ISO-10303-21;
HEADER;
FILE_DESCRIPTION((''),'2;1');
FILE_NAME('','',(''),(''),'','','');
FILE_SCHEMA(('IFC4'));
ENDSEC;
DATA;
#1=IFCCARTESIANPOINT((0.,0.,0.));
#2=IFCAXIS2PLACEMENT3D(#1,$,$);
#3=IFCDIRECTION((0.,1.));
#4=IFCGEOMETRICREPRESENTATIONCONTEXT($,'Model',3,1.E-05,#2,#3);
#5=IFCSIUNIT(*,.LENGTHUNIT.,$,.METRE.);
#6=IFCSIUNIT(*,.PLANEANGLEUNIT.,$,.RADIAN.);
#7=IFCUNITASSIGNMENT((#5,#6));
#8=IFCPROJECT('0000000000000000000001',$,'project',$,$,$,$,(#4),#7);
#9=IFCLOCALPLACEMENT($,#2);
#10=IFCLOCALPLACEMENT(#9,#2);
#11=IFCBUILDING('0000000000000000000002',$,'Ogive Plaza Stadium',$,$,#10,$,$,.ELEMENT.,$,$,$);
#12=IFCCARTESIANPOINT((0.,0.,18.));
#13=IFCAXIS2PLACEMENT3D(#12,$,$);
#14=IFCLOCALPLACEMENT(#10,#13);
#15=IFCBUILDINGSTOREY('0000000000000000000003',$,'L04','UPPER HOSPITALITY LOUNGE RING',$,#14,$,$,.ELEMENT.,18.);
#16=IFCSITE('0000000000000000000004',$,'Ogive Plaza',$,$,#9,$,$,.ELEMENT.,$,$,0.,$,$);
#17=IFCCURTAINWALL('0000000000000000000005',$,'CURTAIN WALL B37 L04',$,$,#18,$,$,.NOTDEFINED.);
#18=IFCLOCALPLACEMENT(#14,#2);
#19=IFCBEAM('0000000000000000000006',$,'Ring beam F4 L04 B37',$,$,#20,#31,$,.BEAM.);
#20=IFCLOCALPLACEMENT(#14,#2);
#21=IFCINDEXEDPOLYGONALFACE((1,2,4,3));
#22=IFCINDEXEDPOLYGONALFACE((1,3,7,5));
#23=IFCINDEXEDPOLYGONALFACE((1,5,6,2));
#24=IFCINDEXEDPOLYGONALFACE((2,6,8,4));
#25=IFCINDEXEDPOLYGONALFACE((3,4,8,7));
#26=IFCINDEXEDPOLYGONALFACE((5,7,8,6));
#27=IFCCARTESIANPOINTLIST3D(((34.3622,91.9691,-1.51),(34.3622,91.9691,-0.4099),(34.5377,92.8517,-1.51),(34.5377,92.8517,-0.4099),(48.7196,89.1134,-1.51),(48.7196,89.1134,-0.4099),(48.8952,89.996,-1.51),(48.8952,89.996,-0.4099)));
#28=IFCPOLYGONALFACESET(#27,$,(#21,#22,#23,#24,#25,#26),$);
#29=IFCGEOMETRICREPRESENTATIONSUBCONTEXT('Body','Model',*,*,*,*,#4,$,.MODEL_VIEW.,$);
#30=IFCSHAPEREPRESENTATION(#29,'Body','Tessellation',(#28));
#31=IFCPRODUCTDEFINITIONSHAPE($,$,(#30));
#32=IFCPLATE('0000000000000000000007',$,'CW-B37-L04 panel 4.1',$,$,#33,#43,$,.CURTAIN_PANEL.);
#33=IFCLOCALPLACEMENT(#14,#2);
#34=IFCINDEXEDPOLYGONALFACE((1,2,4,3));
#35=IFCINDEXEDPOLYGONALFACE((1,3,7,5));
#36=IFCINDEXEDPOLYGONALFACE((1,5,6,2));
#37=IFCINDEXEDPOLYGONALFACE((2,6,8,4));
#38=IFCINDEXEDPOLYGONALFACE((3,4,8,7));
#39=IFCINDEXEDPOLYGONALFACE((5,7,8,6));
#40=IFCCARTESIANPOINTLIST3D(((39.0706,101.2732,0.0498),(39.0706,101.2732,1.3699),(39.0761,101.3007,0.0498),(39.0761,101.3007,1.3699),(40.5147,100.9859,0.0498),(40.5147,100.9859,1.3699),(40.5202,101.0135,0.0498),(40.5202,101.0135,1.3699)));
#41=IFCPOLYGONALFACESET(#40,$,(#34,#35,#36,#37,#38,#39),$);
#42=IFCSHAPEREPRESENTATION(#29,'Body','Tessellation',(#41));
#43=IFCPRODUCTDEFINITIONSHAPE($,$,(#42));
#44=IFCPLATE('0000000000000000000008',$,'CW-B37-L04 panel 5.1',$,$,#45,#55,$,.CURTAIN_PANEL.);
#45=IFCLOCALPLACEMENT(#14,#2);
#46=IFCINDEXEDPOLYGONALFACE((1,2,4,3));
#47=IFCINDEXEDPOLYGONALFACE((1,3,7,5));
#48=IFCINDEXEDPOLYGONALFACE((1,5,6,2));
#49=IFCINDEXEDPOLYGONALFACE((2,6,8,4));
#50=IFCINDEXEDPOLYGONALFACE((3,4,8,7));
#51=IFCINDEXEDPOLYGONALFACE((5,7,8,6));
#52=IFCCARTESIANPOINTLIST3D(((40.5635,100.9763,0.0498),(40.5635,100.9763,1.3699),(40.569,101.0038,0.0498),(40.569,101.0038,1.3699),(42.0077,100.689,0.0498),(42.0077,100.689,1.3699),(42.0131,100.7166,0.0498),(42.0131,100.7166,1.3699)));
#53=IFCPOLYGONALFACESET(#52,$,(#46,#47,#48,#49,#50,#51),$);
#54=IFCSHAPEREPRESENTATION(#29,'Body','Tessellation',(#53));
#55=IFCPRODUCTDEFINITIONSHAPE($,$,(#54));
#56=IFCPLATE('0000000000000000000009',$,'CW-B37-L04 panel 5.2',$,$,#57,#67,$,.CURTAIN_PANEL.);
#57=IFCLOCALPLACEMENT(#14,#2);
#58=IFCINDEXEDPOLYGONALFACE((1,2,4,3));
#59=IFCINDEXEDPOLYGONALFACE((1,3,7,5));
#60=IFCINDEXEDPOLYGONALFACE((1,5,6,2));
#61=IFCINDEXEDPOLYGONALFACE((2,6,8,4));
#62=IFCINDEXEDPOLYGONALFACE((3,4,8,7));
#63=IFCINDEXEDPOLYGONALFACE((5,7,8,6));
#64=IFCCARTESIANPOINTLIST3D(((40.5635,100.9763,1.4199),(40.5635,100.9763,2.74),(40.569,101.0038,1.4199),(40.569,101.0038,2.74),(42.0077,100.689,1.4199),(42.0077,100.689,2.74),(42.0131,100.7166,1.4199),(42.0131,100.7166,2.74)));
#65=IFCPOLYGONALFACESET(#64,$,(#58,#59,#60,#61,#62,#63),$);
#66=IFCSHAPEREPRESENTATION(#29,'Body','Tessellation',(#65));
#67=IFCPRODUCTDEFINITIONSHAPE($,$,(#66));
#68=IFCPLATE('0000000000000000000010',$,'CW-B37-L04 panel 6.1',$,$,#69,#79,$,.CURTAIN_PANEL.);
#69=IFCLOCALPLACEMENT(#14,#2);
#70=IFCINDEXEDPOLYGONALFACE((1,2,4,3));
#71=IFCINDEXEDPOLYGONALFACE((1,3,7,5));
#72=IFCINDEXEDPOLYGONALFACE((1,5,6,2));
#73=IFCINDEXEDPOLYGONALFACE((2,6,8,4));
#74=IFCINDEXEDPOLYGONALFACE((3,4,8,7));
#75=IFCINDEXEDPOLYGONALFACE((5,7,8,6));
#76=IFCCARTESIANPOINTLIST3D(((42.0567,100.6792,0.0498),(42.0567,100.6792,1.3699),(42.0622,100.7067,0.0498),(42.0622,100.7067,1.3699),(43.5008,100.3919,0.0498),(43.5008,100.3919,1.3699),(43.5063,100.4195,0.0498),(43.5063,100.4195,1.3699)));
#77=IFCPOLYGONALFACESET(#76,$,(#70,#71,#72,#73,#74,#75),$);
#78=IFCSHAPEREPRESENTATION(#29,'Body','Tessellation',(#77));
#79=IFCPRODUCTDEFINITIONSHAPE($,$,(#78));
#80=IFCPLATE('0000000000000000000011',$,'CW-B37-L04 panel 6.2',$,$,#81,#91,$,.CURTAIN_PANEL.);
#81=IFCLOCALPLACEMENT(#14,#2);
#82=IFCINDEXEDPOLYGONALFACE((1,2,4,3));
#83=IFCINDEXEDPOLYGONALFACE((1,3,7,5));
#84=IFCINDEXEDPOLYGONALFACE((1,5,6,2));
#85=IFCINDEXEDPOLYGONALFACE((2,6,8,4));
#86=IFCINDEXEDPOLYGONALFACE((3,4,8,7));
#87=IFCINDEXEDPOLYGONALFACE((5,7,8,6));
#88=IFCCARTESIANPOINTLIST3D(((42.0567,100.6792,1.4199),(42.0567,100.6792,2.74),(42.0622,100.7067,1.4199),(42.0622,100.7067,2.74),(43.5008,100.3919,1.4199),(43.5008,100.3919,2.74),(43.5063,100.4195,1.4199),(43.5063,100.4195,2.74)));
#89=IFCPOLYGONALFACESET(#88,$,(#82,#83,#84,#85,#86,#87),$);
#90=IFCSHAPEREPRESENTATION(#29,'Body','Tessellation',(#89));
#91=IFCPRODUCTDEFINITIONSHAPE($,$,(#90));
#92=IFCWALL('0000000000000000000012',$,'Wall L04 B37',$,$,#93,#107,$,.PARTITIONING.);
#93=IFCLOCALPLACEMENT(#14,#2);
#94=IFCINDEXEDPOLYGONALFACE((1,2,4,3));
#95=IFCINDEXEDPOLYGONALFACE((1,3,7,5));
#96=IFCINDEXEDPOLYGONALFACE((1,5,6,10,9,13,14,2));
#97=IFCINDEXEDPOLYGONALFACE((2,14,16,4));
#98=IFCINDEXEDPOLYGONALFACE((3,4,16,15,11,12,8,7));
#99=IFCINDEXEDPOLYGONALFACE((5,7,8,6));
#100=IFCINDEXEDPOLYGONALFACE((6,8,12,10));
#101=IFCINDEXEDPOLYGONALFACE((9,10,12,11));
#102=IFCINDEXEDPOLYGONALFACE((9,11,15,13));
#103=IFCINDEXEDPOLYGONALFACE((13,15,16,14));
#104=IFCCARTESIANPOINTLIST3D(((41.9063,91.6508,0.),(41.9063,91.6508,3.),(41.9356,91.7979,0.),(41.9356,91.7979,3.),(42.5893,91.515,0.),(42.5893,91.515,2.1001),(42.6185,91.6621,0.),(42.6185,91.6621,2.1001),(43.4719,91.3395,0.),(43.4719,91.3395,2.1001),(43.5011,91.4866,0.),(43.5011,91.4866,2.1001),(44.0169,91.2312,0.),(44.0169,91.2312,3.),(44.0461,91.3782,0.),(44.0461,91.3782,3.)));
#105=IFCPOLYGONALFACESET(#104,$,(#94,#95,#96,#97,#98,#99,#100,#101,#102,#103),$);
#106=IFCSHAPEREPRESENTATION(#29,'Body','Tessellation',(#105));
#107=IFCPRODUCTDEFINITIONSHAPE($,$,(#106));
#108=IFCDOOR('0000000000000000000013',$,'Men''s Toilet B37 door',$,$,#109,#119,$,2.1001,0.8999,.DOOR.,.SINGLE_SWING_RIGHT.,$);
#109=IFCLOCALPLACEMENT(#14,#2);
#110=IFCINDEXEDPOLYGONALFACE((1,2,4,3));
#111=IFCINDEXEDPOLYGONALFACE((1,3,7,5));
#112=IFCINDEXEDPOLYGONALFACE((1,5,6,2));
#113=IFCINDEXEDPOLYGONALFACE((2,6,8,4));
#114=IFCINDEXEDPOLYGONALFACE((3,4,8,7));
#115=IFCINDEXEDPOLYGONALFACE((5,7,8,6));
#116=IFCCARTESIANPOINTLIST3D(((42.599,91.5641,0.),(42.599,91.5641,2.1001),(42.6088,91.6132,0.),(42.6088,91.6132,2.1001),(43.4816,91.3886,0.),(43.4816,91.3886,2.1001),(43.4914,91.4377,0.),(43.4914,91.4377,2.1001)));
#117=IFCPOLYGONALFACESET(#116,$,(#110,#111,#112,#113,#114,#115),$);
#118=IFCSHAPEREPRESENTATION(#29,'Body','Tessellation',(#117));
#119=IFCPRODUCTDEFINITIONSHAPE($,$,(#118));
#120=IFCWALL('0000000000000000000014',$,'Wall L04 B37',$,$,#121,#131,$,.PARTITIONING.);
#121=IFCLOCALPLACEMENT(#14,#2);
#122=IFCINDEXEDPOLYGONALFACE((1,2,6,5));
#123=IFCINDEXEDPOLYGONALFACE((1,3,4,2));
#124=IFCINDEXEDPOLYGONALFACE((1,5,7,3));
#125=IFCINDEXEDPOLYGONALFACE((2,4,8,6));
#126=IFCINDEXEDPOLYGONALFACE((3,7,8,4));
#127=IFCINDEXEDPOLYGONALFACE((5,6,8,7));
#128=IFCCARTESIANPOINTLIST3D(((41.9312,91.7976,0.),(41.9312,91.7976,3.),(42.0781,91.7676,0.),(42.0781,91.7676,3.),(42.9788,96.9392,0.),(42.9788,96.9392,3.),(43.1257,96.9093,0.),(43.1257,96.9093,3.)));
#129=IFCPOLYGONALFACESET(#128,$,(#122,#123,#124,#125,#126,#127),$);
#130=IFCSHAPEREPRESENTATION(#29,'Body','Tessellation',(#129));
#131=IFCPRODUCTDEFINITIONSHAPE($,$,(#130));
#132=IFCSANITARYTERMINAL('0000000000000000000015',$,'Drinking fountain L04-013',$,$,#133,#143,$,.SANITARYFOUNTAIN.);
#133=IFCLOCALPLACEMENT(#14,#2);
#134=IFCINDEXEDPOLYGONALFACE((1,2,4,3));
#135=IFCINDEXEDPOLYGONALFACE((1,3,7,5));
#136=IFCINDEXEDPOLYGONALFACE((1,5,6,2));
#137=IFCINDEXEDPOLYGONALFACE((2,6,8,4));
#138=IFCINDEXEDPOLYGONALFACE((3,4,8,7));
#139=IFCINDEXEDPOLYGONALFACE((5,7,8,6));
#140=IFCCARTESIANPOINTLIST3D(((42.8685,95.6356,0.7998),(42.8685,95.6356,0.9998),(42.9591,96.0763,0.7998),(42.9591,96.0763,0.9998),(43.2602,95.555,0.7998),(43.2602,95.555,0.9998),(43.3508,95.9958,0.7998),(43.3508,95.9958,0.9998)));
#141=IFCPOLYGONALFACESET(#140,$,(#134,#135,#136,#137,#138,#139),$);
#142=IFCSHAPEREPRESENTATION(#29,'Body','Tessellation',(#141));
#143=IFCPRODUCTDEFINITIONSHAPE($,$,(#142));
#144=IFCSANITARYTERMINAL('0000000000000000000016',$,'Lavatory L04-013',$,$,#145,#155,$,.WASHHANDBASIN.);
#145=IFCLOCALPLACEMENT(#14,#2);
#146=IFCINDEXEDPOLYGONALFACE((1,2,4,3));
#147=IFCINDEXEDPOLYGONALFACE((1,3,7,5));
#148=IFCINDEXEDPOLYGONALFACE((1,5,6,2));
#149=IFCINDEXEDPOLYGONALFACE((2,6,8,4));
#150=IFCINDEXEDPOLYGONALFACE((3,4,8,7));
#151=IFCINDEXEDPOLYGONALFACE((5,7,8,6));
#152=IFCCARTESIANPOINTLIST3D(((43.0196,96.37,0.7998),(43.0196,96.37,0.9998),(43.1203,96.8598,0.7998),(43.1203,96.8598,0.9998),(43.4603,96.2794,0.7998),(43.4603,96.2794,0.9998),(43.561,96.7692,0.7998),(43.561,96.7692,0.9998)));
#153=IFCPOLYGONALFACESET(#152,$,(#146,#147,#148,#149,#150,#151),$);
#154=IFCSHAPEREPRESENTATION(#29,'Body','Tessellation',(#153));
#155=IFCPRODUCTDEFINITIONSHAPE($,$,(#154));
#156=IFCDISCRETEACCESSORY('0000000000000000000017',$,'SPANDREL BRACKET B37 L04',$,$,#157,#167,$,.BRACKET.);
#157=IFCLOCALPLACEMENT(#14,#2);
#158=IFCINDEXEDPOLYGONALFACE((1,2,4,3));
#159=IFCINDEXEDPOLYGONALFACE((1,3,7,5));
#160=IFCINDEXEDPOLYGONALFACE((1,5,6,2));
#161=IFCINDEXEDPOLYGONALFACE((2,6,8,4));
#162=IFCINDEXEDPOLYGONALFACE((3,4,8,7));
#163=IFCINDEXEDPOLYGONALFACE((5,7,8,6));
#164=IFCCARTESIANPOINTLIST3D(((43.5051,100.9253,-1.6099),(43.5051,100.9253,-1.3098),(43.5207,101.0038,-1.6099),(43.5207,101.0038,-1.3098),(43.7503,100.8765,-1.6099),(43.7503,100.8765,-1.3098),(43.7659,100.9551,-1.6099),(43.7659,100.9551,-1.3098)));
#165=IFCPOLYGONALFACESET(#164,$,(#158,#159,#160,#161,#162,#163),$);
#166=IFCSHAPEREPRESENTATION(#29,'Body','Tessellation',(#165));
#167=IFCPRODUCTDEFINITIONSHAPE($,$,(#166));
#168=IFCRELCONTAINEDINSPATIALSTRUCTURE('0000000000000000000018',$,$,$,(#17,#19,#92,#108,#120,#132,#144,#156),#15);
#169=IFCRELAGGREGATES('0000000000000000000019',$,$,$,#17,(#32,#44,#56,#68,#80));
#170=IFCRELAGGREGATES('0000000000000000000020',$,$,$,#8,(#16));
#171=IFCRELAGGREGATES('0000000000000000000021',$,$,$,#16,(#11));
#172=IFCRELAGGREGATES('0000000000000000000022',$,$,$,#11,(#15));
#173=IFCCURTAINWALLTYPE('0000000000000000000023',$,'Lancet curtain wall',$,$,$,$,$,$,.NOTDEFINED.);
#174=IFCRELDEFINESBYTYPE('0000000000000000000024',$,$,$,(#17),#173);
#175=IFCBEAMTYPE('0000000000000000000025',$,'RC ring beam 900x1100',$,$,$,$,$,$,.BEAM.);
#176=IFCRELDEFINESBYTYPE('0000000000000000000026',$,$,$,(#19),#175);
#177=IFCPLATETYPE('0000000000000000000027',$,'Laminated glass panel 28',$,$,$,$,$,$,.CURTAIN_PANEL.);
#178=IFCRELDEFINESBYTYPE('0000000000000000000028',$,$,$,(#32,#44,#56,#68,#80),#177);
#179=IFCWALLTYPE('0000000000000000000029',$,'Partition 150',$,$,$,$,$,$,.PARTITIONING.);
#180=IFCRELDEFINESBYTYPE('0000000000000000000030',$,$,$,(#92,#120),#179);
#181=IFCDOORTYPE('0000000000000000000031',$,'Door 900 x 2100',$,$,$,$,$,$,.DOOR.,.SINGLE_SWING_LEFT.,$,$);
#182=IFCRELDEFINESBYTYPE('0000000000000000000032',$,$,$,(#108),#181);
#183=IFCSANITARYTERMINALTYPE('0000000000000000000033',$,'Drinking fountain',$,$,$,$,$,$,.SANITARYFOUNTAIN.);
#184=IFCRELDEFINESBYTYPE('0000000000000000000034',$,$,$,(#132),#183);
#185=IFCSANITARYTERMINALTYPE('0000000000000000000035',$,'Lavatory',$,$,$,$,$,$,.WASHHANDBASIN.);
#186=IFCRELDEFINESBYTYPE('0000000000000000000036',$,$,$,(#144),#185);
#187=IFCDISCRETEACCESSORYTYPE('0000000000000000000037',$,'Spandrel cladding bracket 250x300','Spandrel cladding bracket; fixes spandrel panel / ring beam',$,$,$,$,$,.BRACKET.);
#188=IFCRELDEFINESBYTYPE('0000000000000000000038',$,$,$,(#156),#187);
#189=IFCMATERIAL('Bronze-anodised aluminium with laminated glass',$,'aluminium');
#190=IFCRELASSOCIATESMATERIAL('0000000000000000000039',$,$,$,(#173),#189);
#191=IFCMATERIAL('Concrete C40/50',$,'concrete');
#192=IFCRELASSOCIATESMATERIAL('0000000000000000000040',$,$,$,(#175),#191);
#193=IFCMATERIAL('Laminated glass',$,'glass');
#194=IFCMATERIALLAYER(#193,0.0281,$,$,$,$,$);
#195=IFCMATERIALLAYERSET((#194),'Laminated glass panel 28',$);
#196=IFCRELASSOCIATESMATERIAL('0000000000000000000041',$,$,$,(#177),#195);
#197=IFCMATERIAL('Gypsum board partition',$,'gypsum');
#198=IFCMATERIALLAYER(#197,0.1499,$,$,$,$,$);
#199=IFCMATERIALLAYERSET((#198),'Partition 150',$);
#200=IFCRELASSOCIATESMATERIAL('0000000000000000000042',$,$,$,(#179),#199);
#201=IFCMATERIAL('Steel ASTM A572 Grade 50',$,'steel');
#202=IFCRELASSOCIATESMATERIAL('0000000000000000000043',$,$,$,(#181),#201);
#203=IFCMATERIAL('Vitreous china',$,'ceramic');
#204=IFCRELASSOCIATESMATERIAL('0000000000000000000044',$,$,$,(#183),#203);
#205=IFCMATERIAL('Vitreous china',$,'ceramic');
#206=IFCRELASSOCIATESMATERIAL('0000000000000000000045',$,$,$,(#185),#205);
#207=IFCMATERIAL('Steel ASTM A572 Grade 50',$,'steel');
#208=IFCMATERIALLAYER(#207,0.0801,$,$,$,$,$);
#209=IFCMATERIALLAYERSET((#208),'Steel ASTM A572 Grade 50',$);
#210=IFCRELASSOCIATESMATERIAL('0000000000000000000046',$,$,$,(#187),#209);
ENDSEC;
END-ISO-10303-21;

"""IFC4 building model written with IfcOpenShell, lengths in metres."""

from ifc_helpers import new_model, si_unit, direction, frame, frame_2d, origin, origin_2d, place, context, subcontext, project, spatial, rectangle, extrude, material, layer, layer_set, material_profile, profile_set, type_object, element, fill, aggregate, save


model = new_model("IFC4")

# Units and contexts
model_context = context("Model", 3, precision=1e-05, world=origin(), true_north=direction((0.0, 1.0)))
body_context = subcontext(model_context, "Body", "Model", "MODEL_VIEW")
ifc_project = project(units=[si_unit("LENGTHUNIT", "METRE"), si_unit("PLANEANGLEUNIT", "RADIAN")], contexts=[model_context])

# Site, building, storey
site_placement = place(None, origin())
site = spatial("IfcSite", under=ifc_project, at=site_placement, Name="Ogive Plaza", CompositionType="ELEMENT", RefElevation=0.0)
building_placement = place(site_placement, origin())
building = spatial("IfcBuilding", under=site, at=building_placement, Name="Ogive Plaza Stadium", CompositionType="ELEMENT")
storey_placement = place(building_placement, frame((0.0, 0.0, 18.0)))
storey = spatial("IfcBuildingStorey", under=building, at=storey_placement, Name="L04", Description="UPPER HOSPITALITY LOUNGE RING", CompositionType="ELEMENT", Elevation=18.0)

# Curtain wall
ifc_material_1 = material(Name="Bronze-anodised aluminium with laminated glass", Category="aluminium")
curtain_wall_type = type_object("IfcCurtainWallType", Name="Lancet curtain wall", PredefinedType="NOTDEFINED", material=ifc_material_1)
curtain_wall_placement = place(storey_placement, origin())
curtain_wall = element("IfcCurtainWall", 1, at=curtain_wall_placement, inside=storey, type_object=curtain_wall_type, Name="CURTAIN WALL B37 L04", PredefinedType="NOTDEFINED")

# Beam
ifc_material_2 = material(Name="Concrete C40/50", Category="concrete")
ifc_material_profile_1 = material_profile(ifc_material_2, rectangle(XDim=0.8999, YDim=1.1001, at=origin_2d()), Name="RC 900x1100")
ifc_profile_set_1 = profile_set([ifc_material_profile_1], Name="Concrete C40/50")
beam_type_1 = type_object("IfcBeamType", Name="RC ring beam 900x1100", PredefinedType="BEAM", material=ifc_profile_set_1)
beam_1_placement = place(storey_placement, frame((34.45, 92.4104, -0.96), z_axis=(0.980787, -0.19508, 0.0), x_axis=(0.19508, 0.980787, 0.0)))
element("IfcBeam", 2, at=beam_1_placement, inside=storey, type_object=beam_type_1, Name="Ring beam F4 L04 B37", PredefinedType="BEAM", context=body_context, shape_type="SweptSolid", body=[
    extrude(rectangle(XDim=0.8999, YDim=1.1001, at=origin_2d()), origin(), (0.0, 0.0, 1.0), 14.6387),
])

# Plates
ifc_material_3 = material(Name="Laminated glass", Category="glass")
ifc_layer_1 = layer(ifc_material_3, 0.0281)
ifc_layer_set_1 = layer_set([ifc_layer_1], Name="Laminated glass panel 28")
plate_type = type_object("IfcPlateType", Name="Laminated glass panel 28", PredefinedType="CURTAIN_PANEL", material=ifc_layer_set_1)
plate_1_placement = place(storey_placement, frame((39.7954, 101.1433, 0.0498), z_axis=(0.0, 0.0, 1.0), x_axis=(0.980785, -0.19509, 0.0)))
plate_1 = element("IfcPlate", 3, at=plate_1_placement, type_object=plate_type, Name="CW-B37-L04 panel 4.1", PredefinedType="CURTAIN_PANEL", context=body_context, shape_type="SweptSolid", body=[
    extrude(rectangle(XDim=1.4724, YDim=0.0281, at=origin_2d()), origin(), (0.0, 0.0, 1.0), 1.3201),
])
plate_2_placement = place(storey_placement, frame((41.2883, 100.8464, 0.0498), z_axis=(0.0, 0.0, 1.0), x_axis=(0.980785, -0.19509, 0.0)))
plate_2 = element("IfcPlate", 4, at=plate_2_placement, type_object=plate_type, Name="CW-B37-L04 panel 5.1", PredefinedType="CURTAIN_PANEL", context=body_context, shape_type="SweptSolid", body=[
    extrude(rectangle(XDim=1.4724, YDim=0.0281, at=origin_2d()), origin(), (0.0, 0.0, 1.0), 1.3201),
])
plate_3_placement = place(storey_placement, frame((41.2883, 100.8464, 1.4199), z_axis=(0.0, 0.0, 1.0), x_axis=(0.980785, -0.19509, 0.0)))
plate_3 = element("IfcPlate", 5, at=plate_3_placement, type_object=plate_type, Name="CW-B37-L04 panel 5.2", PredefinedType="CURTAIN_PANEL", context=body_context, shape_type="SweptSolid", body=[
    extrude(rectangle(XDim=1.4724, YDim=0.0281, at=origin_2d()), origin(), (0.0, 0.0, 1.0), 1.3201),
])
plate_4_placement = place(storey_placement, frame((42.7815, 100.5493, 0.0498), z_axis=(0.0, 0.0, 1.0), x_axis=(0.980785, -0.19509, 0.0)))
plate_4 = element("IfcPlate", 6, at=plate_4_placement, type_object=plate_type, Name="CW-B37-L04 panel 6.1", PredefinedType="CURTAIN_PANEL", context=body_context, shape_type="SweptSolid", body=[
    extrude(rectangle(XDim=1.4724, YDim=0.0281, at=origin_2d()), origin(), (0.0, 0.0, 1.0), 1.3201),
])
plate_5_placement = place(storey_placement, frame((42.7815, 100.5493, 1.4199), z_axis=(0.0, 0.0, 1.0), x_axis=(0.980785, -0.19509, 0.0)))
plate_5 = element("IfcPlate", 7, at=plate_5_placement, type_object=plate_type, Name="CW-B37-L04 panel 6.2", PredefinedType="CURTAIN_PANEL", context=body_context, shape_type="SweptSolid", body=[
    extrude(rectangle(XDim=1.4724, YDim=0.0281, at=origin_2d()), origin(), (0.0, 0.0, 1.0), 1.3201),
])
aggregate(curtain_wall, [plate_1, plate_2, plate_3, plate_4, plate_5])

# Wall, opening, door
ifc_material_4 = material(Name="Gypsum board partition", Category="gypsum")
ifc_layer_2 = layer(ifc_material_4, 0.1499)
ifc_layer_set_2 = layer_set([ifc_layer_2], Name="Partition 150")
wall_type = type_object("IfcWallType", Name="Partition 150", PredefinedType="PARTITIONING", material=ifc_layer_set_2)
wall_1_placement = place(storey_placement, frame((44.0315, 91.3047, 0.0), z_axis=(0.0, 0.0, 1.0), x_axis=(-0.980798, 0.195025, 0.0)))
wall_1 = element("IfcWall", 8, at=wall_1_placement, inside=storey, type_object=wall_type, Name="Wall L04 B37", PredefinedType="PARTITIONING", context=body_context, shape_type="SweptSolid", body=[
    extrude(rectangle(XDim=2.1519, YDim=0.1499, at=frame_2d((1.0759, 0.0))), origin(), (0.0, 0.0, 1.0), 3.0),
])
opening_placement = place(wall_1_placement, frame((0.5557, 0.0, 0.0)))
opening = element("IfcOpeningElement", 9, at=opening_placement, cuts=wall_1, PredefinedType="OPENING", context=body_context, shape_type="SweptSolid", body=[
    extrude(rectangle(XDim=0.8999, YDim=2.1001, at=frame_2d((0.45, 1.05))), frame((0.0, 0.075, 0.0), z_axis=(0.0, -1.0, 0.0), x_axis=(1.0, 0.0, 0.0)), (0.0, 0.0, 1.0), 0.1499),
])
ifc_material_5 = material(Name="Steel ASTM A572 Grade 50", Category="steel")
door_type = type_object("IfcDoorType", Name="Door 900 x 2100", OperationType="SINGLE_SWING_LEFT", PredefinedType="DOOR", material=ifc_material_5)
door_placement = place(opening_placement, origin())
door = element("IfcDoor", 10, at=door_placement, inside=storey, type_object=door_type, Name="Men's Toilet B37 door", OperationType="SINGLE_SWING_RIGHT", OverallHeight=2.1001, OverallWidth=0.8999, PredefinedType="DOOR", context=body_context, shape_type="SweptSolid", body=[
    extrude(rectangle(XDim=0.8999, YDim=2.1001, at=frame_2d((0.45, 1.05))), frame((0.0, 0.0249, 0.0), z_axis=(0.0, -1.0, 0.0), x_axis=(1.0, 0.0, 0.0)), (0.0, 0.0, 1.0), 0.05),
])
fill(opening, door)

# Wall
wall_2_placement = place(storey_placement, frame((42.0046, 91.7827, 0.0), z_axis=(0.0, 0.0, 1.0), x_axis=(0.199649, 0.979867, 0.0)))
element("IfcWall", 11, at=wall_2_placement, inside=storey, type_object=wall_type, Name="Wall L04 B37", PredefinedType="PARTITIONING", context=body_context, shape_type="SweptSolid", body=[
    extrude(rectangle(XDim=5.2473, YDim=0.1499, at=frame_2d((2.6235, 0.0))), origin(), (0.0, 0.0, 1.0), 3.0),
])

# Sanitary terminals
ifc_material_6 = material(Name="Vitreous china", Category="ceramic")
sanitary_terminal_type_1 = type_object("IfcSanitaryTerminalType", Name="Drinking fountain", PredefinedType="SANITARYFOUNTAIN", material=ifc_material_6)
sanitary_terminal_1_placement = place(storey_placement, frame((43.1096, 95.8157, 0.7998), z_axis=(0.0, 0.0, 1.0), x_axis=(-0.201384, -0.979512, 0.0)))
element("IfcSanitaryTerminal", 12, at=sanitary_terminal_1_placement, inside=storey, type_object=sanitary_terminal_type_1, Name="Drinking fountain L04-013", PredefinedType="SANITARYFOUNTAIN", context=body_context, shape_type="SweptSolid", body=[
    extrude(rectangle(XDim=0.45, YDim=0.3999, at=origin_2d()), origin(), (0.0, 0.0, 1.0), 0.2),
])
ifc_material_7 = material(Name="Vitreous china", Category="ceramic")
sanitary_terminal_type_2 = type_object("IfcSanitaryTerminalType", Name="Lavatory", PredefinedType="WASHHANDBASIN", material=ifc_material_7)
sanitary_terminal_2_placement = place(storey_placement, frame((43.2903, 96.5696, 0.7998), z_axis=(0.0, 0.0, 1.0), x_axis=(-0.201384, -0.979512, 0.0)))
element("IfcSanitaryTerminal", 13, at=sanitary_terminal_2_placement, inside=storey, type_object=sanitary_terminal_type_2, Name="Lavatory L04-013", PredefinedType="WASHHANDBASIN", context=body_context, shape_type="SweptSolid", body=[
    extrude(rectangle(XDim=0.5, YDim=0.45, at=origin_2d()), origin(), (0.0, 0.0, 1.0), 0.2),
])

# Discrete accessory
ifc_material_8 = material(Name="Steel ASTM A572 Grade 50", Category="steel")
ifc_layer_3 = layer(ifc_material_8, 0.0801)
ifc_layer_set_3 = layer_set([ifc_layer_3], Name="Steel ASTM A572 Grade 50")
discrete_accessory_type = type_object("IfcDiscreteAccessoryType", Name="Spandrel cladding bracket 250x300", Description="Spandrel cladding bracket; fixes spandrel panel / ring beam", PredefinedType="BRACKET", material=ifc_layer_set_3)
discrete_accessory_placement = place(storey_placement, frame((43.6355, 100.9402, -1.6099), z_axis=(0.0, 0.0, 1.0), x_axis=(0.980785, -0.19509, 0.0)))
element("IfcDiscreteAccessory", 14, at=discrete_accessory_placement, inside=storey, type_object=discrete_accessory_type, Name="SPANDREL BRACKET B37 L04", PredefinedType="BRACKET", context=body_context, shape_type="SweptSolid", body=[
    extrude(rectangle(XDim=0.25, YDim=0.0801, at=origin_2d()), origin(), (0.0, 0.0, 1.0), 0.3),
])

save(model, "model.ifc")
